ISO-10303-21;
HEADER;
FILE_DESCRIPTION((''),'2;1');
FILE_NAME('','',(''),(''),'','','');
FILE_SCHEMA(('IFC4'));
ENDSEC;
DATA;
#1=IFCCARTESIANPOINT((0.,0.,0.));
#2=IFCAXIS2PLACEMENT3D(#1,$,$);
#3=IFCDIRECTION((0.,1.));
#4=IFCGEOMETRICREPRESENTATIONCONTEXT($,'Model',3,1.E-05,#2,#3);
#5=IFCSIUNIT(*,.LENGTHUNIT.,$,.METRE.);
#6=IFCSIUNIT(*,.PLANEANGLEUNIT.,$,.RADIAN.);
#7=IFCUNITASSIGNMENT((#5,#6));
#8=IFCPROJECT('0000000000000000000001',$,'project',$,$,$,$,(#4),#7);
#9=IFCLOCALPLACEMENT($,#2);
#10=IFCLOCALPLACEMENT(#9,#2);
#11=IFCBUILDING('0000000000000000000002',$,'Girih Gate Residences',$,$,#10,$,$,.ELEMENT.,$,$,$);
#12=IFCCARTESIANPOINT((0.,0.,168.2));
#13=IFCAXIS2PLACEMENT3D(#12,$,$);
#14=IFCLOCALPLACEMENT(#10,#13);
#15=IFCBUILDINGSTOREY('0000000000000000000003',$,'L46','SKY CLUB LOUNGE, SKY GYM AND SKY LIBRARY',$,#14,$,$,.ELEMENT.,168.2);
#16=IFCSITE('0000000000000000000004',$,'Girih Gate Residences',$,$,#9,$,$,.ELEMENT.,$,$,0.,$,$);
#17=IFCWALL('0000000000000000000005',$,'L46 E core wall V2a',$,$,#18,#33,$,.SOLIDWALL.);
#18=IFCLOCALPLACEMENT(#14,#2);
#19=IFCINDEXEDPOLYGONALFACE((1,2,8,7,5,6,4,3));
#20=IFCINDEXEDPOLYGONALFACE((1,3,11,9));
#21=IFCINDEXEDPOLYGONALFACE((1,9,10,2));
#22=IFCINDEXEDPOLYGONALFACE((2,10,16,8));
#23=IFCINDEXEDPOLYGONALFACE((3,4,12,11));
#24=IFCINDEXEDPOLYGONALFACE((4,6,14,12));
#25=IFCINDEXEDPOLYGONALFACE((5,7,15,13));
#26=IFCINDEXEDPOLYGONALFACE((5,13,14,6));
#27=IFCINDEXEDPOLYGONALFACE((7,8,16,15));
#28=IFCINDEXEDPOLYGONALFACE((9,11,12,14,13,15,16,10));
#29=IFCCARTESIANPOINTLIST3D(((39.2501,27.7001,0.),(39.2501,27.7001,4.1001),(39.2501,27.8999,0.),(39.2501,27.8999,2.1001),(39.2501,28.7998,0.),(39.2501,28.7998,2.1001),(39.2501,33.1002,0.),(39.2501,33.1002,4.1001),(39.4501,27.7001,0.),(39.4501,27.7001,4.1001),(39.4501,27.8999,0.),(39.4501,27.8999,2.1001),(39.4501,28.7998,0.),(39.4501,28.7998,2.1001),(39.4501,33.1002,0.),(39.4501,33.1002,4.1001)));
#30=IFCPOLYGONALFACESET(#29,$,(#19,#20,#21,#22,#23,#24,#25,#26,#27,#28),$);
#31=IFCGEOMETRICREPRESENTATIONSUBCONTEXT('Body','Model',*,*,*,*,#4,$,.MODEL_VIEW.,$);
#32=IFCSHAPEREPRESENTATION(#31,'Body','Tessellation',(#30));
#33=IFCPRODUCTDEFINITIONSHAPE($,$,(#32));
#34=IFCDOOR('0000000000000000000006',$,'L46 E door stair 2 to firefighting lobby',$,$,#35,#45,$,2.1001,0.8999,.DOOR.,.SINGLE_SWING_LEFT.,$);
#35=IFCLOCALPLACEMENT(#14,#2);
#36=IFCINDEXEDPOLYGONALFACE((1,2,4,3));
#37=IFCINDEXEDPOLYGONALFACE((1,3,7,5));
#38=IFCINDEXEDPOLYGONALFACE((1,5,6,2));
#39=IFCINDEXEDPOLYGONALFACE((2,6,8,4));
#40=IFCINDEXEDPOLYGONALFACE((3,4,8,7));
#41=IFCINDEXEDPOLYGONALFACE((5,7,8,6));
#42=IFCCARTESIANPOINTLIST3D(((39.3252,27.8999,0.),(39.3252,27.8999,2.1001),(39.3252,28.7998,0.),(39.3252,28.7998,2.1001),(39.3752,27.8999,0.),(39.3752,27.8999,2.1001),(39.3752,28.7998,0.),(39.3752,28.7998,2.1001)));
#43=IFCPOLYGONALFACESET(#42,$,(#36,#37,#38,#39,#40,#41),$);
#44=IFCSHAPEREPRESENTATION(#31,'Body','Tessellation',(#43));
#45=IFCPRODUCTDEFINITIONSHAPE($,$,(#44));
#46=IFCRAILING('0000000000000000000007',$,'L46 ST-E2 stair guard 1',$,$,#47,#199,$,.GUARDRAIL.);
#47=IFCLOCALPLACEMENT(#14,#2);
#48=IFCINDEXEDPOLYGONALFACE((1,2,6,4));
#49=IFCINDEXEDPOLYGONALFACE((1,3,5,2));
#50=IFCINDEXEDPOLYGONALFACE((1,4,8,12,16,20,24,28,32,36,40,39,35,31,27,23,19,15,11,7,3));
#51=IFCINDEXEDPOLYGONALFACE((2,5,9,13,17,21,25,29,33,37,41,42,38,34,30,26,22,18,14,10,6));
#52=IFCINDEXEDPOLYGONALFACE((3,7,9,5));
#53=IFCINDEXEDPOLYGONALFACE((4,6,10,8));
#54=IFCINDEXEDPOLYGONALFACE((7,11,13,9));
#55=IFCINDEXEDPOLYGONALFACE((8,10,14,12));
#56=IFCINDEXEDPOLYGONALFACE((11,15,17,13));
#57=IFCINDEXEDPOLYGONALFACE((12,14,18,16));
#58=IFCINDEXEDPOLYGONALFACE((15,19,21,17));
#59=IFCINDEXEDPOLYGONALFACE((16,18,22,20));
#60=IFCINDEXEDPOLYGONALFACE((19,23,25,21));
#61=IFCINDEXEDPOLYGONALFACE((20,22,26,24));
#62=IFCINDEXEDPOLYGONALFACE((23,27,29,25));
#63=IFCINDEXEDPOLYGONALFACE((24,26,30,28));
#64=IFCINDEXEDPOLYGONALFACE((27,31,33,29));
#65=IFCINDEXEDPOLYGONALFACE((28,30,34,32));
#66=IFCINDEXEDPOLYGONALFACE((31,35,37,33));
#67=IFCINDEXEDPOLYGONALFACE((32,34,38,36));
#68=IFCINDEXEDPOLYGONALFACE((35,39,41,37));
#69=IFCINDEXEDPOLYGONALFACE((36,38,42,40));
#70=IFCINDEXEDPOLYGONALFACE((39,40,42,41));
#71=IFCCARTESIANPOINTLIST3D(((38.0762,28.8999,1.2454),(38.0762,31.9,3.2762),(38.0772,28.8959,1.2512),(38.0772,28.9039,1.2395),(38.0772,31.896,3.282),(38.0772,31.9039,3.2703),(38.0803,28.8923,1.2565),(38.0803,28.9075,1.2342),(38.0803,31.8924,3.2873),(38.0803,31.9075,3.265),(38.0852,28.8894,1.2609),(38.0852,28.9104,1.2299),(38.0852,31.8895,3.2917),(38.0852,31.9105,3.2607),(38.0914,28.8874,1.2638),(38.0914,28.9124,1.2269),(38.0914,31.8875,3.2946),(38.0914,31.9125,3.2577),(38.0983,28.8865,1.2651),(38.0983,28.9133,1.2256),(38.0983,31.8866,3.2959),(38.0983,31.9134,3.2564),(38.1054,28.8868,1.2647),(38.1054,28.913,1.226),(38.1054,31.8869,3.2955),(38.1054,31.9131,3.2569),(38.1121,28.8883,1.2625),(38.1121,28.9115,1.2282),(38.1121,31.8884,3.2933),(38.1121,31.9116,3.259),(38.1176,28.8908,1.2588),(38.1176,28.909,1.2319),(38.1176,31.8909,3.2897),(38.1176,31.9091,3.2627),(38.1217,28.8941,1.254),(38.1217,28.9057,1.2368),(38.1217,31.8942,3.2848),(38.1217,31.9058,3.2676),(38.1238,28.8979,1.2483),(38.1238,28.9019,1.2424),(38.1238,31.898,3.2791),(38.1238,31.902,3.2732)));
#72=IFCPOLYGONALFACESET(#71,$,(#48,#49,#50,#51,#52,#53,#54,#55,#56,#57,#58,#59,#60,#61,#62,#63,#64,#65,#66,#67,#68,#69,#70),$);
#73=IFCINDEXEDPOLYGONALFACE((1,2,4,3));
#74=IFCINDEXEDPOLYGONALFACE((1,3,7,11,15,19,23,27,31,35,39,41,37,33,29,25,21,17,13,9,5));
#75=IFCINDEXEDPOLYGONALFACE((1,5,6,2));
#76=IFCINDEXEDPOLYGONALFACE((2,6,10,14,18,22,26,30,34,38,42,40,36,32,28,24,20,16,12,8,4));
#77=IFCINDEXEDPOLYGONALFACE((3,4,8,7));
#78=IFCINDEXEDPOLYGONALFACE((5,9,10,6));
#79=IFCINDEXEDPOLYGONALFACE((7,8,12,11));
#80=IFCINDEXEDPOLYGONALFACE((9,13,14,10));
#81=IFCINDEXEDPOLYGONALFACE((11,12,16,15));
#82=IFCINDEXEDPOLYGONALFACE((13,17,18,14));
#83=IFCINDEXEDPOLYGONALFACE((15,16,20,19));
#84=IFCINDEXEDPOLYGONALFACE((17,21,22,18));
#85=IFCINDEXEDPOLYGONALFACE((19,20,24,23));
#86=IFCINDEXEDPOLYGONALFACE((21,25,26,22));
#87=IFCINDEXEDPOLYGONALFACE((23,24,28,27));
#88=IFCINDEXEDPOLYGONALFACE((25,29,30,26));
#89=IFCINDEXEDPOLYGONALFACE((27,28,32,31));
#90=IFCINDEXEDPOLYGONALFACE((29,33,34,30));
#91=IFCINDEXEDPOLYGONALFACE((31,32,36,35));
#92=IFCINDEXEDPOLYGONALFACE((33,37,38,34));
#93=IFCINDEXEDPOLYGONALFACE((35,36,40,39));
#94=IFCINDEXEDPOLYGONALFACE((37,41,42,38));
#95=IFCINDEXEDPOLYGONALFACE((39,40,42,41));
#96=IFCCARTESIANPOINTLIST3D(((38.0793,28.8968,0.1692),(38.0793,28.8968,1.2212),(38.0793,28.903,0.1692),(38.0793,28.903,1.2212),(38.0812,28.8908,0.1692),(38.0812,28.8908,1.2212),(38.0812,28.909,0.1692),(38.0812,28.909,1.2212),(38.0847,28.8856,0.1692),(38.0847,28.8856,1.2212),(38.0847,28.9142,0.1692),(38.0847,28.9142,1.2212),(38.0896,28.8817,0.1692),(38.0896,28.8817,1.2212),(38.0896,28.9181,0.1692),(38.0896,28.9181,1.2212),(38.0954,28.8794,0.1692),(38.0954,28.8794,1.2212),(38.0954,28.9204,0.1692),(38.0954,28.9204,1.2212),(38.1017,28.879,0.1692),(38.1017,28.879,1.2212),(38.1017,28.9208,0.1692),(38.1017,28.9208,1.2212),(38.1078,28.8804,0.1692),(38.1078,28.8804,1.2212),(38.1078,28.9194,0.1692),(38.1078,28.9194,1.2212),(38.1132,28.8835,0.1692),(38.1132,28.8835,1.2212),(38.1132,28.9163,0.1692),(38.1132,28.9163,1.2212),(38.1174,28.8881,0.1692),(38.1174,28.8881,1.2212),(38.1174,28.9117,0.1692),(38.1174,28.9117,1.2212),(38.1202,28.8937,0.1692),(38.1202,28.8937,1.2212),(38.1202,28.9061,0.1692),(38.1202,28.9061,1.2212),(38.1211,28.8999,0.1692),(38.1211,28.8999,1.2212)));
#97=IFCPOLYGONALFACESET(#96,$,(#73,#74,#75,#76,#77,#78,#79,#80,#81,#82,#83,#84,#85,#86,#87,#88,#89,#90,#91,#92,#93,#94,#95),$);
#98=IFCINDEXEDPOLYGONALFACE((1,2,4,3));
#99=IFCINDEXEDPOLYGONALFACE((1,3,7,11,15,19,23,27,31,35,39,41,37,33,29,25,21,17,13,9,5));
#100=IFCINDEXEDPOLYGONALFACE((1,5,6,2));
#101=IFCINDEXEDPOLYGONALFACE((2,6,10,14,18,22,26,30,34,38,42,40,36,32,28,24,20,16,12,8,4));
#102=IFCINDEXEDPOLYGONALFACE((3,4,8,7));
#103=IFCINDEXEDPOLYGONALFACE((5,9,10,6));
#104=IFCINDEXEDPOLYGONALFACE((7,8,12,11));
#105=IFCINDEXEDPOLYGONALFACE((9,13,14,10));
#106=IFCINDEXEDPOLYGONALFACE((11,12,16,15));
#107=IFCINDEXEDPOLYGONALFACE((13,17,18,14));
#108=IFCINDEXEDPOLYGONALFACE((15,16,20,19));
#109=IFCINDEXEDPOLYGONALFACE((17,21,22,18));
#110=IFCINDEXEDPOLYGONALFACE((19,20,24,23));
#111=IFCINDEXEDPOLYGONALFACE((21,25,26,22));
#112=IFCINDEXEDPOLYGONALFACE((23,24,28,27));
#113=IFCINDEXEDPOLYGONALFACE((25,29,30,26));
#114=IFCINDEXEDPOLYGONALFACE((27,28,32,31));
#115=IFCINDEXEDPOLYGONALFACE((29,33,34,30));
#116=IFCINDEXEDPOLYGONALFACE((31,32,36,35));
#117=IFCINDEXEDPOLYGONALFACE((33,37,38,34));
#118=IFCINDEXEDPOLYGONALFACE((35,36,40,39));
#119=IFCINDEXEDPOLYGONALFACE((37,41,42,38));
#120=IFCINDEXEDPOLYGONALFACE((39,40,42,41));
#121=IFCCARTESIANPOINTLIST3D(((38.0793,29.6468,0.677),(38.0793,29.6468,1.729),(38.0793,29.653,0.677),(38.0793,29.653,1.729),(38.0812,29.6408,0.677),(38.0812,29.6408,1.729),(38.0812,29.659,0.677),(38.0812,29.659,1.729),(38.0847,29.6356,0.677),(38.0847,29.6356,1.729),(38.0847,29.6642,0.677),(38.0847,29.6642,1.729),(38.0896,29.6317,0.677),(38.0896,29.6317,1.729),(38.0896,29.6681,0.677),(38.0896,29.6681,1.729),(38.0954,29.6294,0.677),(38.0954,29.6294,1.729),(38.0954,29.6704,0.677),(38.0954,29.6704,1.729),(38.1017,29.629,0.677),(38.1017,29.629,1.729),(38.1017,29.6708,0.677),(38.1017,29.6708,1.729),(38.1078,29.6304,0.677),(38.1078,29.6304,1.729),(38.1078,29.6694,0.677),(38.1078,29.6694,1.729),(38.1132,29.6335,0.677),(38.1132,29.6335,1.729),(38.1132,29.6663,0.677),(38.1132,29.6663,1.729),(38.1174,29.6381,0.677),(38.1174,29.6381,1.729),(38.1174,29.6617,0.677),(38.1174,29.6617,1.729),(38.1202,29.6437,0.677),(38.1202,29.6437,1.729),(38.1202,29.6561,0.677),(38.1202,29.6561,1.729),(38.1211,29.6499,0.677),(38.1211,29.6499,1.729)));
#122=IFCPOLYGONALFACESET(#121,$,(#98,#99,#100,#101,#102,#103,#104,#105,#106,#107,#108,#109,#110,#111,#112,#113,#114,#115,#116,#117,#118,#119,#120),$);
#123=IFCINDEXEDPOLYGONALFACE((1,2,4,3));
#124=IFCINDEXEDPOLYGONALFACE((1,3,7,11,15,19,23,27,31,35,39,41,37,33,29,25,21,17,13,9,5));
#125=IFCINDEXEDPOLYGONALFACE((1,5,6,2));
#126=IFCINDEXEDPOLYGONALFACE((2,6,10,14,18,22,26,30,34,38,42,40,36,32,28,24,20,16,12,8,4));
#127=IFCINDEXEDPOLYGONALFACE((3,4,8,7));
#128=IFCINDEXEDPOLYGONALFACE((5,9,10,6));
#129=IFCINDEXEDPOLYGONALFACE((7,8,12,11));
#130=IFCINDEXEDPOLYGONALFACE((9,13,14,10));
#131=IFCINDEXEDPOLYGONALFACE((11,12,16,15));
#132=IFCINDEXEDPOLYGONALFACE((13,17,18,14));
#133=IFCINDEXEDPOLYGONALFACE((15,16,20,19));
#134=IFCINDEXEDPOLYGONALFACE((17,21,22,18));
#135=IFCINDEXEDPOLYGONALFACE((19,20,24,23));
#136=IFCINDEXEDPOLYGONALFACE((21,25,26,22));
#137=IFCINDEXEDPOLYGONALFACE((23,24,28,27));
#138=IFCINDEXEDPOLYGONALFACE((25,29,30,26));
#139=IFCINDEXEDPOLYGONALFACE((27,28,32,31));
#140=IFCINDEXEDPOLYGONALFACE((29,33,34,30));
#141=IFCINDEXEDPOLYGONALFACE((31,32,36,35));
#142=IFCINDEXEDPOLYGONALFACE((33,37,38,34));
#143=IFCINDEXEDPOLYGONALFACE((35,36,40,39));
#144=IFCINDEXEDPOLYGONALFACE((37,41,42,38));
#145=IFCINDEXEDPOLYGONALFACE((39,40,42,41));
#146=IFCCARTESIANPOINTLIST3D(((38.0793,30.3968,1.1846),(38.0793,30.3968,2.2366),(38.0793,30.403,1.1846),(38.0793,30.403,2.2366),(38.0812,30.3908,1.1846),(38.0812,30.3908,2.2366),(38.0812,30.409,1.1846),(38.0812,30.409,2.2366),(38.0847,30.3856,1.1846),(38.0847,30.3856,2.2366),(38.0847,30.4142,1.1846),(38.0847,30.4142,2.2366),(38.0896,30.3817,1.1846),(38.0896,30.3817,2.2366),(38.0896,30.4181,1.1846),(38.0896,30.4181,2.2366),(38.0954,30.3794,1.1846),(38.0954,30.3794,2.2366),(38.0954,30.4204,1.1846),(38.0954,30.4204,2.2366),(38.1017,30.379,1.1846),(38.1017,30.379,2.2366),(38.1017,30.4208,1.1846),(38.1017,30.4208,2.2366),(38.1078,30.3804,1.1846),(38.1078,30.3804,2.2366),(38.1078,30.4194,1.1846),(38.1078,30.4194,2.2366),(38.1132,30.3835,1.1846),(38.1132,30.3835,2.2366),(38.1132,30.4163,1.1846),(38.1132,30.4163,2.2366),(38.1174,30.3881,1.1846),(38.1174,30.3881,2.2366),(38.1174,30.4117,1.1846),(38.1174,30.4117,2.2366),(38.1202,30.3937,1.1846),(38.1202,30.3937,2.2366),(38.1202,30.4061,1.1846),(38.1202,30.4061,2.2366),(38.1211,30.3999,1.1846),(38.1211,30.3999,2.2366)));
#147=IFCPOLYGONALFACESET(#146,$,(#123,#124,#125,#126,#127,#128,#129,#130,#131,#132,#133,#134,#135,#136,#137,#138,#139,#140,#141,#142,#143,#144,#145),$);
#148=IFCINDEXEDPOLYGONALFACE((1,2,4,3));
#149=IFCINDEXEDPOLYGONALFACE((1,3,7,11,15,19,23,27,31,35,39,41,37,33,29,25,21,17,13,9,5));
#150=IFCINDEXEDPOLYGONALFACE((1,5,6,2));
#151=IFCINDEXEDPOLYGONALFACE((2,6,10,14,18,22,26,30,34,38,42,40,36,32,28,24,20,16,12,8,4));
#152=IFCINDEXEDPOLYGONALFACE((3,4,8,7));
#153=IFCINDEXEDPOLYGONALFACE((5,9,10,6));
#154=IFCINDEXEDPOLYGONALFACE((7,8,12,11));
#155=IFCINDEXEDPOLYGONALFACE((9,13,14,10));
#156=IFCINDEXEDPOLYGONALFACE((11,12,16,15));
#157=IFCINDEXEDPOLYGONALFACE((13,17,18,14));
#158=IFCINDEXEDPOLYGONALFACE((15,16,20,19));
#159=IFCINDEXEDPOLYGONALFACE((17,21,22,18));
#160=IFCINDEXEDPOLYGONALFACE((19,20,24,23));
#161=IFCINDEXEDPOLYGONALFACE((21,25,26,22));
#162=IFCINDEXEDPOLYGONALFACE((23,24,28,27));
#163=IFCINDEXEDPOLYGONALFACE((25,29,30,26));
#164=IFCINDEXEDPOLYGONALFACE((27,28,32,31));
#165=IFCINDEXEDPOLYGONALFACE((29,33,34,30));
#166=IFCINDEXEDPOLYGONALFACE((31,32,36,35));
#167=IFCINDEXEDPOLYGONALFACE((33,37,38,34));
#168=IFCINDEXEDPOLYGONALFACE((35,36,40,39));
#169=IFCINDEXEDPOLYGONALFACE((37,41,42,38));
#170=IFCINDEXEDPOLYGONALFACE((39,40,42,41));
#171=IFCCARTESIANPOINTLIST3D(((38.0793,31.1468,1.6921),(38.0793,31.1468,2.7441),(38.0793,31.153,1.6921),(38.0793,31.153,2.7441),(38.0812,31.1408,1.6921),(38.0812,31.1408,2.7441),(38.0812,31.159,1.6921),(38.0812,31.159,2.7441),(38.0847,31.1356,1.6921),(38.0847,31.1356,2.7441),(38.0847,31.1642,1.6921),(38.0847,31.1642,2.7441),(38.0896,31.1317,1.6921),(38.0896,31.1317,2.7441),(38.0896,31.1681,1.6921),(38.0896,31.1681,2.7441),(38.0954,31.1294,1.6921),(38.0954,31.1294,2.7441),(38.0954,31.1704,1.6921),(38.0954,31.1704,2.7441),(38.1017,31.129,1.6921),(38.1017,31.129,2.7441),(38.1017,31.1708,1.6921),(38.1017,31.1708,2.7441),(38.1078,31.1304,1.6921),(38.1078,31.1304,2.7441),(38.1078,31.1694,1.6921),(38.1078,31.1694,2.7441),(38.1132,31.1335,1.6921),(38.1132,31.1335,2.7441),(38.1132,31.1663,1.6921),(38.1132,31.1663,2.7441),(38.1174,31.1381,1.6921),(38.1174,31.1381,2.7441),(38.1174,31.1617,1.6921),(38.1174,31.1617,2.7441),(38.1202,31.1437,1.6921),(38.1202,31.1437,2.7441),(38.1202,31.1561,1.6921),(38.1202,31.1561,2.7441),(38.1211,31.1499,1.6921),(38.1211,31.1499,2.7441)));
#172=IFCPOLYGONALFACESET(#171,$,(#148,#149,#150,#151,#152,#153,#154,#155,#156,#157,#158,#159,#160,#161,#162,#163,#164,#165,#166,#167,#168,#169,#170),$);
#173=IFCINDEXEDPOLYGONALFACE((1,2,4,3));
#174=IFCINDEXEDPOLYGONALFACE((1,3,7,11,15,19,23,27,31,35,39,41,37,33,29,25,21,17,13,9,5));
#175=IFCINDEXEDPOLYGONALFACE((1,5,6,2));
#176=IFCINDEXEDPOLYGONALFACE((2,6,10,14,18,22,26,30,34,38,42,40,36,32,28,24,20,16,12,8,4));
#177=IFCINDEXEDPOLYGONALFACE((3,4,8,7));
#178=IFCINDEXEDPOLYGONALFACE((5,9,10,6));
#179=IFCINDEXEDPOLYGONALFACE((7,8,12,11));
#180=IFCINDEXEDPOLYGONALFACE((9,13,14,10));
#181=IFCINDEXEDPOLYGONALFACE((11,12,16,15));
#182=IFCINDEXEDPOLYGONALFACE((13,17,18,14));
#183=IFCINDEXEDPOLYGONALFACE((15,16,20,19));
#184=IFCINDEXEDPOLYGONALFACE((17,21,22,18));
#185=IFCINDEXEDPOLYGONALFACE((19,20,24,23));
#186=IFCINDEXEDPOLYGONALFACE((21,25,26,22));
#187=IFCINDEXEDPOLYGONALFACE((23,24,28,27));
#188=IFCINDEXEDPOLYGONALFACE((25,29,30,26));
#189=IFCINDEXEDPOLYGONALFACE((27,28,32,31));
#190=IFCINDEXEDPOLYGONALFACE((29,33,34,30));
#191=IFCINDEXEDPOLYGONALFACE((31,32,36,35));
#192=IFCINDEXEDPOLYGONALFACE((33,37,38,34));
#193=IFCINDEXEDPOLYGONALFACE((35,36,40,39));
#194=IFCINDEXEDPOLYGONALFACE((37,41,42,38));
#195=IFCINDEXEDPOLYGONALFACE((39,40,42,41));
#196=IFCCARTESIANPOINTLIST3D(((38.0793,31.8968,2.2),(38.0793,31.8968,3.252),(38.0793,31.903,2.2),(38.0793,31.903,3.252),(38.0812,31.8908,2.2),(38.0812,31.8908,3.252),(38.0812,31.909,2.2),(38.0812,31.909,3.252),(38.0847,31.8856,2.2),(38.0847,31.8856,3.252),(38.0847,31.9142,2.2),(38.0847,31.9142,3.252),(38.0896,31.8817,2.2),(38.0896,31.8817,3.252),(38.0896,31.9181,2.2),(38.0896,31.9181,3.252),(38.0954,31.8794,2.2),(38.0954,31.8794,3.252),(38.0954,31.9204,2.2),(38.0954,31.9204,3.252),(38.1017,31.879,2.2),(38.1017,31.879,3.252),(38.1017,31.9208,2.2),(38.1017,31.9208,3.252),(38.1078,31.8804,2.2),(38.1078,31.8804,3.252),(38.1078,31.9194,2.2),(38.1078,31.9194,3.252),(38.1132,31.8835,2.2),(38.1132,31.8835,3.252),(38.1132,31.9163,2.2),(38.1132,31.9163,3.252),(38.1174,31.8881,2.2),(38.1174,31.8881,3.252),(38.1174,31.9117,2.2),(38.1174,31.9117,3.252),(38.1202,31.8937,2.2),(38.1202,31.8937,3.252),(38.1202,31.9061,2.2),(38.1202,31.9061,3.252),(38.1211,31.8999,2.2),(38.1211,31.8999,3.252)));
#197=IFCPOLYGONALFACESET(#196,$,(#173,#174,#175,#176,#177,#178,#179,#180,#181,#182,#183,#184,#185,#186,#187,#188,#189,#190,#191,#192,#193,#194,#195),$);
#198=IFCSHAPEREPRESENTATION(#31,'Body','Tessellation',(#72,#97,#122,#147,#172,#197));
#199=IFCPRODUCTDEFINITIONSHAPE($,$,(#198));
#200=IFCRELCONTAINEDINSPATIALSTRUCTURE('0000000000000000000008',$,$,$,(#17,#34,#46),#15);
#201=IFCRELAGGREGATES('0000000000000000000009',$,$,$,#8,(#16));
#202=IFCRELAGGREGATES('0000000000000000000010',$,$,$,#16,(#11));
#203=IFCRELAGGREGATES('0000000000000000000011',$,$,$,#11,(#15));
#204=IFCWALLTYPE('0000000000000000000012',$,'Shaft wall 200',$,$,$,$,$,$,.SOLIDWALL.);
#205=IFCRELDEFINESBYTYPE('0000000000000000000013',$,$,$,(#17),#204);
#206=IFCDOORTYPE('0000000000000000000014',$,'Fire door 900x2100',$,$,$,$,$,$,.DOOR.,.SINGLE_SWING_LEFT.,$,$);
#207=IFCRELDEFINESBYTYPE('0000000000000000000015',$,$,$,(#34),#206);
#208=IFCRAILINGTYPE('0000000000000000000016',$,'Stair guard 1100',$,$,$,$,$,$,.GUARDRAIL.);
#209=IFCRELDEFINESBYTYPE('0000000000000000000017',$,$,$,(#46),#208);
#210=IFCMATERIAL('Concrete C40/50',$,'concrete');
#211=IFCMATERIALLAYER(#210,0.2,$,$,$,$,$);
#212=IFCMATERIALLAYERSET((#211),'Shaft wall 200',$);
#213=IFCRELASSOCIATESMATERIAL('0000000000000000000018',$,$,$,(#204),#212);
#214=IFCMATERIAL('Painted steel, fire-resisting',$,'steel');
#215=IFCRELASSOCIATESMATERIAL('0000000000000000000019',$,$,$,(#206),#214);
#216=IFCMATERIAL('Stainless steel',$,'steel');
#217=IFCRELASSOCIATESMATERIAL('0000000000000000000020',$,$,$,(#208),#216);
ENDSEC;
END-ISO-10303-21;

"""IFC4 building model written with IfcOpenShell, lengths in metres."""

from ifc_helpers import new_model, si_unit, direction, frame, frame_2d, origin, origin_2d, place, context, subcontext, project, spatial, rectangle, circle, extrude, material, layer, layer_set, type_object, element, fill, save


model = new_model("IFC4")

# Units and contexts
model_context = context("Model", 3, precision=1e-05, world=origin(), true_north=direction((0.0, 1.0)))
body_context = subcontext(model_context, "Body", "Model", "MODEL_VIEW")
ifc_project = project(units=[si_unit("LENGTHUNIT", "METRE"), si_unit("PLANEANGLEUNIT", "RADIAN")], contexts=[model_context])

# Site, building, storey
site_placement = place(None, origin())
site = spatial("IfcSite", under=ifc_project, at=site_placement, Name="Girih Gate Residences", CompositionType="ELEMENT", RefElevation=0.0)
building_placement = place(site_placement, origin())
building = spatial("IfcBuilding", under=site, at=building_placement, Name="Girih Gate Residences", CompositionType="ELEMENT")
storey_placement = place(building_placement, frame((0.0, 0.0, 168.2)))
storey = spatial("IfcBuildingStorey", under=building, at=storey_placement, Name="L46", Description="SKY CLUB LOUNGE, SKY GYM AND SKY LIBRARY", CompositionType="ELEMENT", Elevation=168.2)

# Shared definitions
ifc_material_1 = material(Name="Painted steel, fire-resisting", Category="steel")

# Wall, opening, door
ifc_material_2 = material(Name="Concrete C40/50", Category="concrete")
ifc_layer_1 = layer(ifc_material_2, 0.2)
ifc_layer_set_1 = layer_set([ifc_layer_1], Name="Shaft wall 200")
wall_type_1 = type_object("IfcWallType", Name="Shaft wall 200", PredefinedType="SOLIDWALL", material=ifc_layer_set_1)
door_type_1 = type_object("IfcDoorType", Name="Fire door 900x2100", OperationType="SINGLE_SWING_LEFT", PredefinedType="DOOR", material=ifc_material_1)
wall_1_placement = place(storey_placement, frame((39.3501, 27.7, 0.0), z_axis=(0.0, 0.0, 1.0), x_axis=(0.0, 1.0, 0.0)))
wall_1 = element("IfcWall", 1, at=wall_1_placement, inside=storey, type_object=wall_type_1, Name="L46 E core wall V2a", PredefinedType="SOLIDWALL", context=body_context, shape_type="SweptSolid", body=[
    extrude(rectangle(XDim=5.4001, YDim=0.2, at=frame_2d((2.7002, 0.0))), origin(), (0.0, 0.0, 1.0), 4.1001),
])
opening_1_placement = place(wall_1_placement, frame((0.2, 0.0, 0.0)))
opening_1 = element("IfcOpeningElement", 2, at=opening_1_placement, cuts=wall_1, PredefinedType="OPENING", context=body_context, shape_type="SweptSolid", body=[
    extrude(rectangle(XDim=0.8999, YDim=2.1001, at=frame_2d((0.45, 1.05))), frame((0.0, 0.1099, 0.0), z_axis=(0.0, -1.0, 0.0), x_axis=(1.0, 0.0, 0.0)), (0.0, 0.0, 1.0), 0.22),
])
door_1_placement = place(opening_1_placement, origin())
door_1 = element("IfcDoor", 3, at=door_1_placement, inside=storey, type_object=door_type_1, Name="L46 E door stair 2 to firefighting lobby", OperationType="SINGLE_SWING_LEFT", OverallHeight=2.1001, OverallWidth=0.8999, PredefinedType="DOOR", context=body_context, shape_type="SweptSolid", body=[
    extrude(rectangle(XDim=0.8999, YDim=2.1001, at=frame_2d((0.45, 1.05))), frame((0.0, 0.0249, 0.0), z_axis=(0.0, -1.0, 0.0), x_axis=(1.0, 0.0, 0.0)), (0.0, 0.0, 1.0), 0.05),
])
fill(opening_1, door_1)

# Railing
ifc_material_3 = material(Name="Stainless steel", Category="steel")
railing_type = type_object("IfcRailingType", Name="Stair guard 1100", PredefinedType="GUARDRAIL", material=ifc_material_3)
railing_placement = place(storey_placement, frame((38.1001, 28.8999, 0.1692)))
element("IfcRailing", 4, at=railing_placement, inside=storey, type_object=railing_type, Name="L46 ST-E2 stair guard 1", PredefinedType="GUARDRAIL", context=body_context, shape_type="SweptSolid", body=[
    extrude(circle(Radius=0.0239, at=origin_2d()), frame((0.0, 0.0, 1.0762), z_axis=(0.0, 0.82811, 0.560565), x_axis=(-1.0, 0.0, 0.0)), (0.0, 0.0, 1.0), 3.6228),
    extrude(circle(Radius=0.021, at=origin_2d()), origin(), (0.0, 0.0, 1.0), 1.052),
    extrude(circle(Radius=0.021, at=origin_2d()), frame((0.0, 0.75, 0.5078)), (0.0, 0.0, 1.0), 1.052),
    extrude(circle(Radius=0.021, at=origin_2d()), frame((0.0, 1.5, 1.0154)), (0.0, 0.0, 1.0), 1.052),
    extrude(circle(Radius=0.021, at=origin_2d()), frame((0.0, 2.25, 1.5229)), (0.0, 0.0, 1.0), 1.052),
    extrude(circle(Radius=0.021, at=origin_2d()), frame((0.0, 3.0, 2.0308)), (0.0, 0.0, 1.0), 1.052),
])

save(model, "model.ifc")
